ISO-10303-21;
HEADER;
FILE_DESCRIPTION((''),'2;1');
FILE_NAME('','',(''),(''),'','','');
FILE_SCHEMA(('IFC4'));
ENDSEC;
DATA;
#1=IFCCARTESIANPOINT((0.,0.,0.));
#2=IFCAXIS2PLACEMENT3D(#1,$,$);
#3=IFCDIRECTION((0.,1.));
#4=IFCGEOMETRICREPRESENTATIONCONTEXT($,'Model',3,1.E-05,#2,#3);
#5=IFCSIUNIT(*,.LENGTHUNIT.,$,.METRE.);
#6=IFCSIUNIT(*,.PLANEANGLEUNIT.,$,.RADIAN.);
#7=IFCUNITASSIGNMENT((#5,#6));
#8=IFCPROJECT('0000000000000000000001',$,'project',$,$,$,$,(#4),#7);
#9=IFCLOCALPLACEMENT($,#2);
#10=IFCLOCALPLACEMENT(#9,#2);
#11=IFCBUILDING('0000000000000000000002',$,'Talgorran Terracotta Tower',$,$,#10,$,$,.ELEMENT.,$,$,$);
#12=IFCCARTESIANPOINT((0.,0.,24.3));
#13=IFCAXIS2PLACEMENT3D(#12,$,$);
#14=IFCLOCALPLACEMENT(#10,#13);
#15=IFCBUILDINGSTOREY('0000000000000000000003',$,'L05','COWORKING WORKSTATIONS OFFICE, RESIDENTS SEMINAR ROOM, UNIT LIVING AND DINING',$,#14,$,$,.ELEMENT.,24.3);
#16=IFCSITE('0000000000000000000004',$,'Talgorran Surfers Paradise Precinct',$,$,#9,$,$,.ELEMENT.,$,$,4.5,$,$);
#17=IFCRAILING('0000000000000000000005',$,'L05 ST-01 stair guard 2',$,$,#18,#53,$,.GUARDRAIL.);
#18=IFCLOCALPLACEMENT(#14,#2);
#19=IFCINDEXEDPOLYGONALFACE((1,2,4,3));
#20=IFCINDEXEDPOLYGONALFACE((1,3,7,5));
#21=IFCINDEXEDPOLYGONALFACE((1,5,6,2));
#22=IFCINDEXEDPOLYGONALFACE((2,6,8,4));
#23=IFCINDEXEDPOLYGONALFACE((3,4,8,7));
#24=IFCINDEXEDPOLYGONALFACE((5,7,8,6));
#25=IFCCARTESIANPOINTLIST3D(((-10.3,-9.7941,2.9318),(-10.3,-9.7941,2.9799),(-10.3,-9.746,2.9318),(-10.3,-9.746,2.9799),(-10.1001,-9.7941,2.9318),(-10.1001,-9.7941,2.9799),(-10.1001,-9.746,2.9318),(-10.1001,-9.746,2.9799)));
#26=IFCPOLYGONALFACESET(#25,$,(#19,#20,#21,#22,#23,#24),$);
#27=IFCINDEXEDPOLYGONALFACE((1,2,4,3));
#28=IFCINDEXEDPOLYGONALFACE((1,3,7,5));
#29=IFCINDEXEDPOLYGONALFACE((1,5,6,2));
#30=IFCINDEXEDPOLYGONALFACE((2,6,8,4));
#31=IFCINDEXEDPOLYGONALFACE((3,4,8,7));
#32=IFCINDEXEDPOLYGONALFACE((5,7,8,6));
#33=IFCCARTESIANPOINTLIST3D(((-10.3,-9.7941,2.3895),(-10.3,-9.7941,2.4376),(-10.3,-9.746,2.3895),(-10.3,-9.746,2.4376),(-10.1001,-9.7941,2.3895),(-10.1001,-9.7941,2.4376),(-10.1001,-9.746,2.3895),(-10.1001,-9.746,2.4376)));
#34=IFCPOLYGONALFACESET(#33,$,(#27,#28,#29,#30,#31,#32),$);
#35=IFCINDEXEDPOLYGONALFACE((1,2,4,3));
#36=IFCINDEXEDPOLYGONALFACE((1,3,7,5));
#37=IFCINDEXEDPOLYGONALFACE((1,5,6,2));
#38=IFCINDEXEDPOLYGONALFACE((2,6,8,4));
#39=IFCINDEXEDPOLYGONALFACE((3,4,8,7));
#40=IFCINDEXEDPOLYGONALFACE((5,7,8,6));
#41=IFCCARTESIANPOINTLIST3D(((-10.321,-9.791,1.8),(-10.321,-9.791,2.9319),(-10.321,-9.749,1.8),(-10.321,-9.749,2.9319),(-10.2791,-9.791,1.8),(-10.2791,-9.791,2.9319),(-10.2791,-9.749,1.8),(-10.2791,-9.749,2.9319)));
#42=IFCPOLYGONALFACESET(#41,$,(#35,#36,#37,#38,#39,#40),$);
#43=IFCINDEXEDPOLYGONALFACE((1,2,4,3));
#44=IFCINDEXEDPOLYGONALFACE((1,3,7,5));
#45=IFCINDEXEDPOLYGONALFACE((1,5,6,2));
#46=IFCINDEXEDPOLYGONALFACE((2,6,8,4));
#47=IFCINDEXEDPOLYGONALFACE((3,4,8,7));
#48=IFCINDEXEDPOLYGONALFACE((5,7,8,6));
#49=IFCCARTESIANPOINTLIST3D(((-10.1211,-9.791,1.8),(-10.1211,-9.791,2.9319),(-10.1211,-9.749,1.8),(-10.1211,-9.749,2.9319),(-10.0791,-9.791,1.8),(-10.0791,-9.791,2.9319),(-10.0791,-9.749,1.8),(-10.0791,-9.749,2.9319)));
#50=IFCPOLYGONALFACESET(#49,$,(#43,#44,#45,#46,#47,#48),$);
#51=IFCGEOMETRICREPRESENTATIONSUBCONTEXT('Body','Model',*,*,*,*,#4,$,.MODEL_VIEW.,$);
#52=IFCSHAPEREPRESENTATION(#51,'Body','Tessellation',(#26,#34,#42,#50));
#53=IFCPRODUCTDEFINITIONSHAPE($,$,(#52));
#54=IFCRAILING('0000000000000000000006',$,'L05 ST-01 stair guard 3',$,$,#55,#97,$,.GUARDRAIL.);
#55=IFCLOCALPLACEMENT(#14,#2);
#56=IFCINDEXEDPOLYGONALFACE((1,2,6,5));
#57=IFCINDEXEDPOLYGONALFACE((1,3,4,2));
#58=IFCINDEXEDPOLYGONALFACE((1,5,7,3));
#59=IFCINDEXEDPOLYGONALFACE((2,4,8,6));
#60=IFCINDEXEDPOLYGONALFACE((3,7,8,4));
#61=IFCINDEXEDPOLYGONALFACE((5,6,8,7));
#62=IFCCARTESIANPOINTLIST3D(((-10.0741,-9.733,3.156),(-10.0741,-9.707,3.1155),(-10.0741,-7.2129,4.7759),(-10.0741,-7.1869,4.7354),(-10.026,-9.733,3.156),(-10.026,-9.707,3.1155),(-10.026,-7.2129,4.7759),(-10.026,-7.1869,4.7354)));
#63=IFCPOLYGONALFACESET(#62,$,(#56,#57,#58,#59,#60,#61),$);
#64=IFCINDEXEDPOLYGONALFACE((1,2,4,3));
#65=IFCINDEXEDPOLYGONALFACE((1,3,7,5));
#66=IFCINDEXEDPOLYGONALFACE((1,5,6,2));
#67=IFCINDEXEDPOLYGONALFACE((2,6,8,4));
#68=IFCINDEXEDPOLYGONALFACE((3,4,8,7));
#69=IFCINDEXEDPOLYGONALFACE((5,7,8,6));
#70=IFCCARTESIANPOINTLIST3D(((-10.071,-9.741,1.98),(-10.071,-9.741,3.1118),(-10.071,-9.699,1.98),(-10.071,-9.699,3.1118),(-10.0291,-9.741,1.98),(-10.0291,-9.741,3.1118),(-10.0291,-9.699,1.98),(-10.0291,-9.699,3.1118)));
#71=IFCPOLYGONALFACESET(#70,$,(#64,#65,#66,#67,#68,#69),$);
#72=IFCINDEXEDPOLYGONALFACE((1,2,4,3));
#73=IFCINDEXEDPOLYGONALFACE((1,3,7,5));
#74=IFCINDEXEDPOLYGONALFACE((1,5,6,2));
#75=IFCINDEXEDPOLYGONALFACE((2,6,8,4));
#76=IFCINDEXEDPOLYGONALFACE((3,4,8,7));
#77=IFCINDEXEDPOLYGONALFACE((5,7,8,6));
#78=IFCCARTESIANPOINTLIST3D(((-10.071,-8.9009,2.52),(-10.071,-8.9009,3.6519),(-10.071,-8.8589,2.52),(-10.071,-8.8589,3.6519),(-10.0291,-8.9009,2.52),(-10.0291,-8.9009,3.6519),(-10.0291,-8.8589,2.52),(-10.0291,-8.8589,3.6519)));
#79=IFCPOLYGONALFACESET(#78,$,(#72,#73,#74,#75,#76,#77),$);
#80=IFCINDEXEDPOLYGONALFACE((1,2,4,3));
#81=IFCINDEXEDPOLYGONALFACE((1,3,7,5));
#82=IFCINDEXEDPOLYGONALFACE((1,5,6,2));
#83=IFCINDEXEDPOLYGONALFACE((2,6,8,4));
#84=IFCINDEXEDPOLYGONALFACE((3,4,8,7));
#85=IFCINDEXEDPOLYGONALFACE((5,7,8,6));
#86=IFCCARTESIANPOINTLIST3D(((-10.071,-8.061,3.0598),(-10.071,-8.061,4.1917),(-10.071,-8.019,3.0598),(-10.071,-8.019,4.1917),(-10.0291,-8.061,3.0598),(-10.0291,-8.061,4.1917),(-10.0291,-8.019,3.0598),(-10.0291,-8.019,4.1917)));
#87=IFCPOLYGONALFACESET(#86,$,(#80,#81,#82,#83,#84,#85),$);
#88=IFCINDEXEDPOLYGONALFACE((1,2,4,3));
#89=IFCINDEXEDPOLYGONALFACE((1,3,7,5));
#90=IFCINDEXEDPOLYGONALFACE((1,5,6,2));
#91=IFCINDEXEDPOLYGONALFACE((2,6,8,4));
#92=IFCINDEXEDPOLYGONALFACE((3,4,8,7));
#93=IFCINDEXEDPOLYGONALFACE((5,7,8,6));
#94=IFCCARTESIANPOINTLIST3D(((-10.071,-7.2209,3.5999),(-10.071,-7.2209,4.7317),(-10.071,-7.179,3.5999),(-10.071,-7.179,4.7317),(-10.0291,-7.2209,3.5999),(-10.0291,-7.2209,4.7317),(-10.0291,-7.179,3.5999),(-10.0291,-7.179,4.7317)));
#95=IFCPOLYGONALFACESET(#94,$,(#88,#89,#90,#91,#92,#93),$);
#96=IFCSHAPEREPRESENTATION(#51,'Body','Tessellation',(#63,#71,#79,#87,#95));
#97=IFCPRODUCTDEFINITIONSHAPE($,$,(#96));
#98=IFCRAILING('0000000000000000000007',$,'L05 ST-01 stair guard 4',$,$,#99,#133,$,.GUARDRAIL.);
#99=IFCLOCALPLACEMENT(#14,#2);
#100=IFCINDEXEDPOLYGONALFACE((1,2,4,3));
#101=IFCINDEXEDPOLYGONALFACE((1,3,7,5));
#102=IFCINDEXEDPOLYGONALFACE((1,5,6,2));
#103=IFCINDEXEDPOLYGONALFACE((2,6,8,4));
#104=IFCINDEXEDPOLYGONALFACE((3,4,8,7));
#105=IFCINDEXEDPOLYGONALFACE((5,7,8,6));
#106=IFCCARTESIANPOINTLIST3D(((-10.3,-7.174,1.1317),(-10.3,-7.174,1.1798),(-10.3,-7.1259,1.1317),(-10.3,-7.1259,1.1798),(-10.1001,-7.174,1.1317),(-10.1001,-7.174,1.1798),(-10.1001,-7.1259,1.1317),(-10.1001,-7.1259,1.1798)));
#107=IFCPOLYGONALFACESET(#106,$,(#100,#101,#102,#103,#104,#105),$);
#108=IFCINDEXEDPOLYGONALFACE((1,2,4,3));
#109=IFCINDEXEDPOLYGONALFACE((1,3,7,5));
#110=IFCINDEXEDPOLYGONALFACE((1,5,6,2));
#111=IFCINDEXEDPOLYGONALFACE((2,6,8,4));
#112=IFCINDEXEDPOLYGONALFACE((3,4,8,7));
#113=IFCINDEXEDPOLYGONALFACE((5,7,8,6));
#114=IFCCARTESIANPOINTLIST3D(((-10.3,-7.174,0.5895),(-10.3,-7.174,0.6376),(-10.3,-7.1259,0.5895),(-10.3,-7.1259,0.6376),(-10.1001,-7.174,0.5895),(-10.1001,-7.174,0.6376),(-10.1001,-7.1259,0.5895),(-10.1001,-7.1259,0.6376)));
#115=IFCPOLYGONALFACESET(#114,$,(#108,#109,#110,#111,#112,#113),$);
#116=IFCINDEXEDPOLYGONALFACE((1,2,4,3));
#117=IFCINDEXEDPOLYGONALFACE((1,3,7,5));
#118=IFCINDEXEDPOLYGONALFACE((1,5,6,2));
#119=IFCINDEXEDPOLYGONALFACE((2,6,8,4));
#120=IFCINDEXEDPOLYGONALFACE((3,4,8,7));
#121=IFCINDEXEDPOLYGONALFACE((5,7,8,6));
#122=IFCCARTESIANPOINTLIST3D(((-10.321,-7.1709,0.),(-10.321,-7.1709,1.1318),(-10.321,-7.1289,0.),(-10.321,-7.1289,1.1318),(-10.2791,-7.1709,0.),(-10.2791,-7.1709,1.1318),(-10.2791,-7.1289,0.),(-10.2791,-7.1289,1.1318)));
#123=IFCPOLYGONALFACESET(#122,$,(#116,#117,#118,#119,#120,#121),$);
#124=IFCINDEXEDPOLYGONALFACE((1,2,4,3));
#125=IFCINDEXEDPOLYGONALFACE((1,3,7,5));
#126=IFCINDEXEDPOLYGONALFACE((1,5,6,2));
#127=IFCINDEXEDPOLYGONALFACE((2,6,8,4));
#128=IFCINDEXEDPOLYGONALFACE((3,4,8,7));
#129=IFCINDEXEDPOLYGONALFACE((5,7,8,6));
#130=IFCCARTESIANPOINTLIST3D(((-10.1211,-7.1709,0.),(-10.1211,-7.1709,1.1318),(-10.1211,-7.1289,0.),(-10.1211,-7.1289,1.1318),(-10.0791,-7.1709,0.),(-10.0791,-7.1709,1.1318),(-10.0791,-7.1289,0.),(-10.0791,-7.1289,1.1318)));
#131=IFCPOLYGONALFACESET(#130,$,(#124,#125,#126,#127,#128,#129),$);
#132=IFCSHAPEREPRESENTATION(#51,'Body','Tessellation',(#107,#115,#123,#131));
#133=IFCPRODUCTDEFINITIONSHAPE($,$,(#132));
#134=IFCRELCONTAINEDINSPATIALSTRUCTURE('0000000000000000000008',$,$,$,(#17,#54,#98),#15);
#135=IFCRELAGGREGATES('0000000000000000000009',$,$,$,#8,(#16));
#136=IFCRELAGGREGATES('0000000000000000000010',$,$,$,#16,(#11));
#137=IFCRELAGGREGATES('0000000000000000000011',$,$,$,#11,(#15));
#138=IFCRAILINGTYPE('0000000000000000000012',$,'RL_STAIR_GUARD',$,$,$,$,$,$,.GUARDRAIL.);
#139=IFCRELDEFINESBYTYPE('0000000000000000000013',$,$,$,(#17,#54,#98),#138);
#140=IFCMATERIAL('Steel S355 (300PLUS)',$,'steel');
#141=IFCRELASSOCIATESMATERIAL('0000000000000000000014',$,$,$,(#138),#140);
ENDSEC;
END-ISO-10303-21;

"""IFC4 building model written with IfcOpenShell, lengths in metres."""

from ifc_helpers import new_model, si_unit, direction, frame, origin, origin_2d, place, context, subcontext, project, spatial, rectangle, extrude, material, type_object, element, save


model = new_model("IFC4")

# Units and contexts
model_context = context("Model", 3, precision=1e-05, world=origin(), true_north=direction((0.0, 1.0)))
body_context = subcontext(model_context, "Body", "Model", "MODEL_VIEW")
ifc_project = project(units=[si_unit("LENGTHUNIT", "METRE"), si_unit("PLANEANGLEUNIT", "RADIAN")], contexts=[model_context])

# Site, building, storey
site_placement = place(None, origin())
site = spatial("IfcSite", under=ifc_project, at=site_placement, Name="Talgorran Surfers Paradise Precinct", CompositionType="ELEMENT", RefElevation=4.5)
building_placement = place(site_placement, origin())
building = spatial("IfcBuilding", under=site, at=building_placement, Name="Talgorran Terracotta Tower", CompositionType="ELEMENT")
storey_placement = place(building_placement, frame((0.0, 0.0, 24.3)))
storey = spatial("IfcBuildingStorey", under=building, at=storey_placement, Name="L05", Description="COWORKING WORKSTATIONS OFFICE, RESIDENTS SEMINAR ROOM, UNIT LIVING AND DINING", CompositionType="ELEMENT", Elevation=24.3)

# Railings
ifc_material_1 = material(Name="Steel S355 (300PLUS)", Category="steel")
railing_type_1 = type_object("IfcRailingType", Name="RL_STAIR_GUARD", PredefinedType="GUARDRAIL", material=ifc_material_1)
railing_1_placement = place(storey_placement, frame((-10.3, -9.77, 1.8)))
element("IfcRailing", 1, at=railing_1_placement, inside=storey, type_object=railing_type_1, Name="L05 ST-01 stair guard 2", PredefinedType="GUARDRAIL", context=body_context, shape_type="SweptSolid", body=[
    extrude(rectangle(XDim=0.0481, YDim=0.0481, at=origin_2d()), frame((0.0, 0.0, 1.1558), z_axis=(1.0, 0.0, 0.0), x_axis=(0.0, 1.0, 0.0)), (0.0, 0.0, 1.0), 0.2),
    extrude(rectangle(XDim=0.0481, YDim=0.0481, at=origin_2d()), frame((0.0, 0.0, 0.6135), z_axis=(1.0, 0.0, 0.0), x_axis=(0.0, 1.0, 0.0)), (0.0, 0.0, 1.0), 0.2),
    extrude(rectangle(XDim=0.042, YDim=0.042, at=origin_2d()), origin(), (0.0, 0.0, 1.0), 1.1318),
    extrude(rectangle(XDim=0.042, YDim=0.042, at=origin_2d()), frame((0.2, 0.0, 0.0)), (0.0, 0.0, 1.0), 1.1318),
])
railing_2_placement = place(storey_placement, frame((-10.05, -9.72, 1.98)))
element("IfcRailing", 2, at=railing_2_placement, inside=storey, type_object=railing_type_1, Name="L05 ST-01 stair guard 3", PredefinedType="GUARDRAIL", context=body_context, shape_type="SweptSolid", body=[
    extrude(rectangle(XDim=0.0481, YDim=0.0481, at=origin_2d()), frame((0.0, 0.0, 1.1558), z_axis=(0.0, 0.8412, 0.540725), x_axis=(-1.0, 0.0, 0.0)), (0.0, 0.0, 1.0), 2.9958),
    extrude(rectangle(XDim=0.042, YDim=0.042, at=origin_2d()), origin(), (0.0, 0.0, 1.0), 1.1318),
    extrude(rectangle(XDim=0.042, YDim=0.042, at=origin_2d()), frame((0.0, 0.8401, 0.54)), (0.0, 0.0, 1.0), 1.1318),
    extrude(rectangle(XDim=0.042, YDim=0.042, at=origin_2d()), frame((0.0, 1.6799, 1.0798)), (0.0, 0.0, 1.0), 1.1318),
    extrude(rectangle(XDim=0.042, YDim=0.042, at=origin_2d()), frame((0.0, 2.52, 1.6199)), (0.0, 0.0, 1.0), 1.1318),
])
railing_3_placement = place(storey_placement, frame((-10.3, -7.1499, 0.0)))
element("IfcRailing", 3, at=railing_3_placement, inside=storey, type_object=railing_type_1, Name="L05 ST-01 stair guard 4", PredefinedType="GUARDRAIL", context=body_context, shape_type="SweptSolid", body=[
    extrude(rectangle(XDim=0.0481, YDim=0.0481, at=origin_2d()), frame((0.0, 0.0, 1.1558), z_axis=(1.0, 0.0, 0.0), x_axis=(0.0, 1.0, 0.0)), (0.0, 0.0, 1.0), 0.2),
    extrude(rectangle(XDim=0.0481, YDim=0.0481, at=origin_2d()), frame((0.0, 0.0, 0.6135), z_axis=(1.0, 0.0, 0.0), x_axis=(0.0, 1.0, 0.0)), (0.0, 0.0, 1.0), 0.2),
    extrude(rectangle(XDim=0.042, YDim=0.042, at=origin_2d()), origin(), (0.0, 0.0, 1.0), 1.1318),
    extrude(rectangle(XDim=0.042, YDim=0.042, at=origin_2d()), frame((0.2, 0.0, 0.0)), (0.0, 0.0, 1.0), 1.1318),
])

save(model, "model.ifc")
